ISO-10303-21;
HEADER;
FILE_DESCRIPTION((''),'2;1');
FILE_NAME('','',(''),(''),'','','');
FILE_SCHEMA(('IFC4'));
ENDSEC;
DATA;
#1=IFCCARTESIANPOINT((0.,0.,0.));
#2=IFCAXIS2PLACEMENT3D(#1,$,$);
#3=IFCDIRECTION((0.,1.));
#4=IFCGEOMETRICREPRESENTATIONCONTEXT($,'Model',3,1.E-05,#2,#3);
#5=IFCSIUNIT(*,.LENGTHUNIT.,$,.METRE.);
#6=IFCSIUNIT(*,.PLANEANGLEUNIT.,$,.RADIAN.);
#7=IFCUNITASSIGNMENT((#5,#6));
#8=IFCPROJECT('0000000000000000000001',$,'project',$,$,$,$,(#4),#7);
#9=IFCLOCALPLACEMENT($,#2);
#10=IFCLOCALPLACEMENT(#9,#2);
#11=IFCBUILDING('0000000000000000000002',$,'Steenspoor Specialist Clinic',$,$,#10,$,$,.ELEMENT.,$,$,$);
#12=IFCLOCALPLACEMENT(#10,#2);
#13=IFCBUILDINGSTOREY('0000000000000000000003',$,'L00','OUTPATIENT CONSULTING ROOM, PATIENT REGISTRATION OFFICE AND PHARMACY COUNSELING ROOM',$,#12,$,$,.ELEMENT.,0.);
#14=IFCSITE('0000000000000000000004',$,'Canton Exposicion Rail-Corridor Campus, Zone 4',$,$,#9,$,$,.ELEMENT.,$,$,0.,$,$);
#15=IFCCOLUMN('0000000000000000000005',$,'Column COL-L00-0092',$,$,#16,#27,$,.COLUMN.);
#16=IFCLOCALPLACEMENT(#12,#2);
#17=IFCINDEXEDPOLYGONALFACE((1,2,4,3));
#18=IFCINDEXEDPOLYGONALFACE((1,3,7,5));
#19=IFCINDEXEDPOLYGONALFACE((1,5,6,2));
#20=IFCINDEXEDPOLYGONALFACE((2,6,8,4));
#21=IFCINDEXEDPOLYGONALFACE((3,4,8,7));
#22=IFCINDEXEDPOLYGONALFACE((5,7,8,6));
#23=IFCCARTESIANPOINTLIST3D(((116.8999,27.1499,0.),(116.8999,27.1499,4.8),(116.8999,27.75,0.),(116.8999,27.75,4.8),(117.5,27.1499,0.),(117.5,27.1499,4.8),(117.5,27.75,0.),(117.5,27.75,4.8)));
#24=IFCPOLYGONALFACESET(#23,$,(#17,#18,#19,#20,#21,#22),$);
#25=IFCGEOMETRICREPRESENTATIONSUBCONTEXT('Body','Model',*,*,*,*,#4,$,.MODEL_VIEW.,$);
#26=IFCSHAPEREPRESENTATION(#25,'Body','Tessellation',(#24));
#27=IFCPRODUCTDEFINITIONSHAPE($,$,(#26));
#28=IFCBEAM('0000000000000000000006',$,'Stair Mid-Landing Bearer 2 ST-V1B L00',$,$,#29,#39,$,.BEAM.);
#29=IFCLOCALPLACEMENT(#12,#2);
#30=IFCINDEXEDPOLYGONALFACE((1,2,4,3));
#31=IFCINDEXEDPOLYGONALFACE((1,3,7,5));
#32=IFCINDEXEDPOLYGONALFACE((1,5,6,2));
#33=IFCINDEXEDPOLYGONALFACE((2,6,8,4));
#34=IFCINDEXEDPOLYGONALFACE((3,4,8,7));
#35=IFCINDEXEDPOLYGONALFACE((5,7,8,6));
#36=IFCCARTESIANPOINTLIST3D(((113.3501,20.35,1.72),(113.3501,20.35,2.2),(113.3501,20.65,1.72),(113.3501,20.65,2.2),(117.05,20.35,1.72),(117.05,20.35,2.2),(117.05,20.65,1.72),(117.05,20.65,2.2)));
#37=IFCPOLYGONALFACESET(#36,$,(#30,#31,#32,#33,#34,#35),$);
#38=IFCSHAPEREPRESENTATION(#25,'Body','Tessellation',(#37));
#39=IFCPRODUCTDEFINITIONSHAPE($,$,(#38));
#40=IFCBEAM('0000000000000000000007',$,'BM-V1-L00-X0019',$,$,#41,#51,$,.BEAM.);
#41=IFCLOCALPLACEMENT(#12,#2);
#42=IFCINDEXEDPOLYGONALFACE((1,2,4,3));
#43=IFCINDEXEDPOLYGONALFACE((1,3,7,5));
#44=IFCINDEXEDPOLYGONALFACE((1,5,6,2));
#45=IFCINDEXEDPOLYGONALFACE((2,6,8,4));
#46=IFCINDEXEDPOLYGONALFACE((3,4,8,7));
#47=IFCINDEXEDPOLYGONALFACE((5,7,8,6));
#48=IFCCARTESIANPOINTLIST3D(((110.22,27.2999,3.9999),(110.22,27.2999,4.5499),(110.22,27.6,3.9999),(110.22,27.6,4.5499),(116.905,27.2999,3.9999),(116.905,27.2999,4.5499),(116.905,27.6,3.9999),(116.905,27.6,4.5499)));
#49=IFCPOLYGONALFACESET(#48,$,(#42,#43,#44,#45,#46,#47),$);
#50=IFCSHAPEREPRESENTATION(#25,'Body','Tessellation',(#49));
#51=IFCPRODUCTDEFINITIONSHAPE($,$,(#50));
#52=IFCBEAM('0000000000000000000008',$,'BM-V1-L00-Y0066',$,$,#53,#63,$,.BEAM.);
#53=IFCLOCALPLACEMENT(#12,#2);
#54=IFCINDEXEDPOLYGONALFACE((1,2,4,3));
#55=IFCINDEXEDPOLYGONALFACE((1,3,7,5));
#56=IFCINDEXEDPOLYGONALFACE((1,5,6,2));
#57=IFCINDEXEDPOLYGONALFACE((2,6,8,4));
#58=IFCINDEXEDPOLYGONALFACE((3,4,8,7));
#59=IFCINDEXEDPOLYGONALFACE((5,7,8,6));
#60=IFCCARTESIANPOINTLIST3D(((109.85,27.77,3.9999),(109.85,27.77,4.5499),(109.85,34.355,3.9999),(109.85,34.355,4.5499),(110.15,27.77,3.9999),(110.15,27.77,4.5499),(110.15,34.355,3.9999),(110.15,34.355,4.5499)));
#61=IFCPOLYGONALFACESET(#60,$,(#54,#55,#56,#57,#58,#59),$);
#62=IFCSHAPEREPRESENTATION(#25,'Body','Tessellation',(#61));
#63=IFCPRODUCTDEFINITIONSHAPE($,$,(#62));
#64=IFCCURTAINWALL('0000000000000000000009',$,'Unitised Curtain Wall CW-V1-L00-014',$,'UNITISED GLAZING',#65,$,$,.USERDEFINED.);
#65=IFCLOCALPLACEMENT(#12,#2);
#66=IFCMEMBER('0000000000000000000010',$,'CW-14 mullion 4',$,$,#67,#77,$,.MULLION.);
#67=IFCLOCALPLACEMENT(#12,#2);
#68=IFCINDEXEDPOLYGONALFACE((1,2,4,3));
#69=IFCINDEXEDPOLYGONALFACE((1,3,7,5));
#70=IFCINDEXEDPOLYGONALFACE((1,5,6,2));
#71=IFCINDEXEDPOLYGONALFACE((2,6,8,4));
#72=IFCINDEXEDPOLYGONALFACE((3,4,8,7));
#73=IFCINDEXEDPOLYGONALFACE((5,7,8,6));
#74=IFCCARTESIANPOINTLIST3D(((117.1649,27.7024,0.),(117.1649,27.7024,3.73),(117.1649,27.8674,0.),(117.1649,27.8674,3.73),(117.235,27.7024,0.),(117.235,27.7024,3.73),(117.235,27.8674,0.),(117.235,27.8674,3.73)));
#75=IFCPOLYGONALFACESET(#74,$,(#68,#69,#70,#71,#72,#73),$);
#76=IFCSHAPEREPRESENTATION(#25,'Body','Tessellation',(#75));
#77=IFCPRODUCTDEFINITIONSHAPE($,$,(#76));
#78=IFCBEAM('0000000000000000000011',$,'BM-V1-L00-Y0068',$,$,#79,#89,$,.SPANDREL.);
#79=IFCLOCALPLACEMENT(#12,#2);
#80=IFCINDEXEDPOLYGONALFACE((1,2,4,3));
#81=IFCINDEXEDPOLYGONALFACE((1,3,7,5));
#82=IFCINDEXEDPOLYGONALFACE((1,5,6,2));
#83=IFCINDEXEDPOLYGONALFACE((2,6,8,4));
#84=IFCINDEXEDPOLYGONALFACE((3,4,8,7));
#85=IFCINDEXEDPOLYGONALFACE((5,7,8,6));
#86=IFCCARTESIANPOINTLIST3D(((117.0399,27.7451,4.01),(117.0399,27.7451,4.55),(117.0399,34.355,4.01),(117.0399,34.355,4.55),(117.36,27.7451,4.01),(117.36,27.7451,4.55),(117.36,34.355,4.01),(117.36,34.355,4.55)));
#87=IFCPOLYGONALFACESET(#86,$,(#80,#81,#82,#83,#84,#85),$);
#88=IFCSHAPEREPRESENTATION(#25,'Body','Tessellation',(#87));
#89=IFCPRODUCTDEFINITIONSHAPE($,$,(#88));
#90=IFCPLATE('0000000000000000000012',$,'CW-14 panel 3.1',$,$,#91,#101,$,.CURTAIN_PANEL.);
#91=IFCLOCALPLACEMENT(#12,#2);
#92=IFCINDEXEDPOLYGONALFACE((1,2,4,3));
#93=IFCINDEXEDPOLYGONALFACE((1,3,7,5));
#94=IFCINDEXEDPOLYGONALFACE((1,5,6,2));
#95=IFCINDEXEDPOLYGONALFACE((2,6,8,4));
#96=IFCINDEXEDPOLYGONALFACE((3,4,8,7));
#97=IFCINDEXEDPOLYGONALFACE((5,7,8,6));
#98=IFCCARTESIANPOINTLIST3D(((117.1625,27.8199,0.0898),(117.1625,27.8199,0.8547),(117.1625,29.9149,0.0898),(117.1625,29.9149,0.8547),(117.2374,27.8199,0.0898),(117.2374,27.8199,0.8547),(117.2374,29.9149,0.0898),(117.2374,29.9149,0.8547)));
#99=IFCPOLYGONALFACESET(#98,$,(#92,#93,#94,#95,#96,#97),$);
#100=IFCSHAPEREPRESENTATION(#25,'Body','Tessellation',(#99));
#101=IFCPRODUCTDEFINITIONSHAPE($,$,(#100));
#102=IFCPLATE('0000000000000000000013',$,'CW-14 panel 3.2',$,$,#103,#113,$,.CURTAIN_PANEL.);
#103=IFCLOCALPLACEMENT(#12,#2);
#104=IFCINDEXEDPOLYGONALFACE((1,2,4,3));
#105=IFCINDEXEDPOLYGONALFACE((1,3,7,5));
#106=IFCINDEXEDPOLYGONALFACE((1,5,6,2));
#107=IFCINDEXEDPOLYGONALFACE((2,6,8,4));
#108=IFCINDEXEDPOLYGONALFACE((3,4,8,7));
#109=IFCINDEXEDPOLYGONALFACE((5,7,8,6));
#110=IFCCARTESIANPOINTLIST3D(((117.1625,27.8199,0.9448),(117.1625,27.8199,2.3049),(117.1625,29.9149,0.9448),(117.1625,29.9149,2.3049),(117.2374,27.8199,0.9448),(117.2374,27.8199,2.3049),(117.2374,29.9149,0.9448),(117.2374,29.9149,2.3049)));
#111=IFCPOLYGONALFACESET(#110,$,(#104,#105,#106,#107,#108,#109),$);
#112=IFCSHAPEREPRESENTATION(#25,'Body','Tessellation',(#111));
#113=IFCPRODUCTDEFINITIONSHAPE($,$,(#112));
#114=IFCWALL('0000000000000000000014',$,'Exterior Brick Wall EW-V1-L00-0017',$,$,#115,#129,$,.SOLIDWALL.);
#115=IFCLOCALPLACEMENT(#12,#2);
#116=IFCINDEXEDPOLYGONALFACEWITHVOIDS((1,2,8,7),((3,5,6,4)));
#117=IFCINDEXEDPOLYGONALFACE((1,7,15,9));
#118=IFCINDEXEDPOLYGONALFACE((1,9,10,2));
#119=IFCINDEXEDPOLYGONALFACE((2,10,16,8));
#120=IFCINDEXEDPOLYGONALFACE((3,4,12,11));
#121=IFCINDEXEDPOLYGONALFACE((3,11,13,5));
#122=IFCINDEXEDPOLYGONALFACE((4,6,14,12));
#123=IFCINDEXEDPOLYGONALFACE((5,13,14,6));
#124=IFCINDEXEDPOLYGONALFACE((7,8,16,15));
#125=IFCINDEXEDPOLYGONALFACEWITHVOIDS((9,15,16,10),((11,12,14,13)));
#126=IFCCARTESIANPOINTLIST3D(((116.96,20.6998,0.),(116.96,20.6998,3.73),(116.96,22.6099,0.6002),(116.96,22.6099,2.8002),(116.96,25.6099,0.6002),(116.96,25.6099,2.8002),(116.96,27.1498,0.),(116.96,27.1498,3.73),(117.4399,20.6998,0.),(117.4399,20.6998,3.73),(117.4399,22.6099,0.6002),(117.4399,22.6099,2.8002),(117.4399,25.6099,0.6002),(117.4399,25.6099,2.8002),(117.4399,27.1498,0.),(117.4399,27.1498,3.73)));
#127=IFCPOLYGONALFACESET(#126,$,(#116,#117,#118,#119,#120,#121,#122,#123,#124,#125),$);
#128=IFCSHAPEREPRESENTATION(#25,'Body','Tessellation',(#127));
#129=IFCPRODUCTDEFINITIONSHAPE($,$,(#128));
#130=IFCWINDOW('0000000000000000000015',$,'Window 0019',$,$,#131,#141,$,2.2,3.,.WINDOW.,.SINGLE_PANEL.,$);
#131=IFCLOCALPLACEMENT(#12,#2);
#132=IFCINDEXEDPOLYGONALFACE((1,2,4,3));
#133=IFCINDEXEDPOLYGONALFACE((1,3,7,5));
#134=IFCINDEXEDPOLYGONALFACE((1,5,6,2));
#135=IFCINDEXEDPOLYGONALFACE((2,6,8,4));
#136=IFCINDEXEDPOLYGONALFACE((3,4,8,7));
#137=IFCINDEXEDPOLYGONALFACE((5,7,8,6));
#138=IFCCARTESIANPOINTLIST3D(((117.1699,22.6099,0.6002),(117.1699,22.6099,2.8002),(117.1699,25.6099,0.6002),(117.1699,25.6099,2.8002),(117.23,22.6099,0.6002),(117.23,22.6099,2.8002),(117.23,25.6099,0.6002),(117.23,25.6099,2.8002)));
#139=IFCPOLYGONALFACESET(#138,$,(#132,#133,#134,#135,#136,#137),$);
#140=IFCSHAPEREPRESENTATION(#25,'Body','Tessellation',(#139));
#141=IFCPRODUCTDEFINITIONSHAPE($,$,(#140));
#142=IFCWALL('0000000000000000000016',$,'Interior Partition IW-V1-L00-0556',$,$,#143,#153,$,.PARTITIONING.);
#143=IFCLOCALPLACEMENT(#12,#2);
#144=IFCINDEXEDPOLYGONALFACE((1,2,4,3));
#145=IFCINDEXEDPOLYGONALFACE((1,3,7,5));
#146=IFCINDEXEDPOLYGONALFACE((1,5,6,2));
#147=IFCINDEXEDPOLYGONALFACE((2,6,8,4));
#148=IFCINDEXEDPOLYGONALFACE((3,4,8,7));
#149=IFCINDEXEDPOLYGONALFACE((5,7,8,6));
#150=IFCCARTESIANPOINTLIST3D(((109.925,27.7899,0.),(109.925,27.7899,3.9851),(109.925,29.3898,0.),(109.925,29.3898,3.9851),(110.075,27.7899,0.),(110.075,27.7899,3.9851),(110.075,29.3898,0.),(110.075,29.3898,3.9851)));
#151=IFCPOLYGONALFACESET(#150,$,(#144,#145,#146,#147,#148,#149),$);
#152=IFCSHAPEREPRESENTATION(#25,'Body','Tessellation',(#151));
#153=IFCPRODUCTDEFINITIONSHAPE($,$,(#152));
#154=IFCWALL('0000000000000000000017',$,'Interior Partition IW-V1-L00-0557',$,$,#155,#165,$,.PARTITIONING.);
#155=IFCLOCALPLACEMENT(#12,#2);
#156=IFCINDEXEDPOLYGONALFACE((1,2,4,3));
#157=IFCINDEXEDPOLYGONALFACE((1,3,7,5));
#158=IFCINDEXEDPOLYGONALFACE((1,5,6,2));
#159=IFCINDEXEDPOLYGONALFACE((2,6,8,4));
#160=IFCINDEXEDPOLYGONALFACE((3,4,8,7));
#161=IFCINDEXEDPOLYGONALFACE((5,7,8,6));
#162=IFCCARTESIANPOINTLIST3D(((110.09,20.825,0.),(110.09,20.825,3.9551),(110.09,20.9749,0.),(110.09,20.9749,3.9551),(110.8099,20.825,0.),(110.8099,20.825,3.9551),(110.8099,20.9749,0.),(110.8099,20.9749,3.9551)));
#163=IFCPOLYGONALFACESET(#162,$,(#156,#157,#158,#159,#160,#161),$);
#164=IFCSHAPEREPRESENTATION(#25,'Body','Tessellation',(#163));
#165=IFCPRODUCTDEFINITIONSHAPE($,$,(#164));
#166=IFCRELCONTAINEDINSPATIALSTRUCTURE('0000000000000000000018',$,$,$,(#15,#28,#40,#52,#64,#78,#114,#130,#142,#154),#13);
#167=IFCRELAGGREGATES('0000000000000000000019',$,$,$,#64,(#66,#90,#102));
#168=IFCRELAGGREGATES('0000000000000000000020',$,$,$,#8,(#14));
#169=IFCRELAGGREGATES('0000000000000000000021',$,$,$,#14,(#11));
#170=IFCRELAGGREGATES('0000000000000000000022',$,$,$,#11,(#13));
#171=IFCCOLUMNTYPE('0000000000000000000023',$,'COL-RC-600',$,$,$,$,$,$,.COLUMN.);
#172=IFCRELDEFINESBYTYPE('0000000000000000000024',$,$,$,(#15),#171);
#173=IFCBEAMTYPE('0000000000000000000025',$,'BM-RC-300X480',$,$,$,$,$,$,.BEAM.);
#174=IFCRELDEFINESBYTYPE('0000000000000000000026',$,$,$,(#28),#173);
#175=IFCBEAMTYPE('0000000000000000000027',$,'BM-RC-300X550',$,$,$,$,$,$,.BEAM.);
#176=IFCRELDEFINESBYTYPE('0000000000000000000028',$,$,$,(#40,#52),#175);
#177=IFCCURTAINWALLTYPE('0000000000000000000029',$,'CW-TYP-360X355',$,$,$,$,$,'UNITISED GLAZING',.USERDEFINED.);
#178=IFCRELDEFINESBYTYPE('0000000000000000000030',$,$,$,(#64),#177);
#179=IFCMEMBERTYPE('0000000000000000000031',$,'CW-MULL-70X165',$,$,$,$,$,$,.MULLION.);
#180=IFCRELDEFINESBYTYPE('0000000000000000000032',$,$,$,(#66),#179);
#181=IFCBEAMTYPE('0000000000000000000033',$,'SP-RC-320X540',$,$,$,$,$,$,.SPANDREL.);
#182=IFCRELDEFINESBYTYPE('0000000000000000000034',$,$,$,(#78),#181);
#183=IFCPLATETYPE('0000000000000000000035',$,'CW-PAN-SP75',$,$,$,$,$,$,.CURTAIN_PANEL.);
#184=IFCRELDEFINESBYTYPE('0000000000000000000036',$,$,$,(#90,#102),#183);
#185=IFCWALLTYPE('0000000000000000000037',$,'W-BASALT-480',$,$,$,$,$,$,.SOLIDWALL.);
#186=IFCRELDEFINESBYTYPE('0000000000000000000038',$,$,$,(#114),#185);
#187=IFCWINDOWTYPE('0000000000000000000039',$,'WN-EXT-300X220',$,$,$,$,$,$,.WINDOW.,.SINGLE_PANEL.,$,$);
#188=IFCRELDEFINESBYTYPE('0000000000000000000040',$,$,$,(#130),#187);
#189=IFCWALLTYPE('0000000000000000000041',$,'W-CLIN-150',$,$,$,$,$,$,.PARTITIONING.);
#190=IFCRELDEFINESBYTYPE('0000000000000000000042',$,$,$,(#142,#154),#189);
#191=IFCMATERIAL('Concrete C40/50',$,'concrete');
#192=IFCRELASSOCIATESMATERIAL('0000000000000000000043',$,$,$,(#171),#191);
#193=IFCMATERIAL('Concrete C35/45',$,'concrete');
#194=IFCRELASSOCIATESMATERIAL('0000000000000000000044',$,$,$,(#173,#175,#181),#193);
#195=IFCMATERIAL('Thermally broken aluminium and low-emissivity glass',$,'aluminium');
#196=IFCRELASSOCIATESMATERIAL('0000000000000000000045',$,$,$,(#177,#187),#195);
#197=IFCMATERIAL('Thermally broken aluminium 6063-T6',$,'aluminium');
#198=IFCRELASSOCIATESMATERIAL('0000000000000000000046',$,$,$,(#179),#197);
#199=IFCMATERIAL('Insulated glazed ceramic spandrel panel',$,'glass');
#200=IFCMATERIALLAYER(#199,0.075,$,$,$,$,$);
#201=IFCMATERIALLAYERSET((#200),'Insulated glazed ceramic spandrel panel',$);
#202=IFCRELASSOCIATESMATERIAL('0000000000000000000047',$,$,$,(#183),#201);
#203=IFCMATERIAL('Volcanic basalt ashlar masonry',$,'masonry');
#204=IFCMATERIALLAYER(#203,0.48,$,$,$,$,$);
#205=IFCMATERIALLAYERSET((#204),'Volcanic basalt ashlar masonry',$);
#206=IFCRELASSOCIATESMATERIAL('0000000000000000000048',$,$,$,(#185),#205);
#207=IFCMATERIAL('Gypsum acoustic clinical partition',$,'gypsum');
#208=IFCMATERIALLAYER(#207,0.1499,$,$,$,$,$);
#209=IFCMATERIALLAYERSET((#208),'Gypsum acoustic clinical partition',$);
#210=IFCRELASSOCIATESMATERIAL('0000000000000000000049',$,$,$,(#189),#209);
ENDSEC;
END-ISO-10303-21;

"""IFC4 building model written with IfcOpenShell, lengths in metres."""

from ifc_helpers import new_model, si_unit, direction, frame, frame_2d, origin, origin_2d, place, context, subcontext, project, spatial, rectangle, extrude, material, layer, layer_set, material_profile, profile_set, type_object, element, fill, aggregate, save


model = new_model("IFC4")

# Units and contexts
model_context = context("Model", 3, precision=1e-05, world=origin(), true_north=direction((0.0, 1.0)))
body_context = subcontext(model_context, "Body", "Model", "MODEL_VIEW")
ifc_project = project(units=[si_unit("LENGTHUNIT", "METRE"), si_unit("PLANEANGLEUNIT", "RADIAN")], contexts=[model_context])

# Site, building, storey
site_placement = place(None, origin())
site = spatial("IfcSite", under=ifc_project, at=site_placement, Name="Canton Exposicion Rail-Corridor Campus, Zone 4", CompositionType="ELEMENT", RefElevation=0.0)
building_placement = place(site_placement, origin())
building = spatial("IfcBuilding", under=site, at=building_placement, Name="Steenspoor Specialist Clinic", CompositionType="ELEMENT")
storey_placement = place(building_placement, origin())
storey = spatial("IfcBuildingStorey", under=building, at=storey_placement, Name="L00", Description="OUTPATIENT CONSULTING ROOM, PATIENT REGISTRATION OFFICE AND PHARMACY COUNSELING ROOM", CompositionType="ELEMENT", Elevation=0.0)

# Shared definitions
ifc_material_1 = material(Name="Concrete C35/45", Category="concrete")

# Column
ifc_material_2 = material(Name="Concrete C40/50", Category="concrete")
ifc_material_profile_1 = material_profile(ifc_material_2, rectangle(XDim=0.6001, YDim=0.6001, at=origin_2d()), Name="RC-COL-600X600")
ifc_profile_set_1 = profile_set([ifc_material_profile_1], Name="Concrete C40/50")
column_type_1 = type_object("IfcColumnType", Name="COL-RC-600", PredefinedType="COLUMN", material=ifc_profile_set_1)
column_1_placement = place(storey_placement, frame((117.2, 27.45, 0.0), z_axis=(0.0, 0.0, 1.0), x_axis=(1.0, 0.0, 0.0)))
element("IfcColumn", 1, at=column_1_placement, inside=storey, type_object=column_type_1, Name="Column COL-L00-0092", PredefinedType="COLUMN", context=body_context, shape_type="SweptSolid", body=[
    extrude(rectangle(XDim=0.6001, YDim=0.6001, at=origin_2d()), origin(), (0.0, 0.0, 1.0), 4.8),
])

# Beams
ifc_material_profile_2 = material_profile(ifc_material_1, rectangle(XDim=0.3, YDim=0.48, at=origin_2d()), Name="RC-BM-300X480")
ifc_profile_set_2 = profile_set([ifc_material_profile_2], Name="Concrete C35/45")
beam_type_1 = type_object("IfcBeamType", Name="BM-RC-300X480", PredefinedType="BEAM", material=ifc_profile_set_2)
beam_1_placement = place(storey_placement, frame((113.3501, 20.5, 1.96), z_axis=(1.0, 0.0, 0.0), x_axis=(0.0, 1.0, 0.0)))
element("IfcBeam", 2, at=beam_1_placement, inside=storey, type_object=beam_type_1, Name="Stair Mid-Landing Bearer 2 ST-V1B L00", PredefinedType="BEAM", context=body_context, shape_type="SweptSolid", body=[
    extrude(rectangle(XDim=0.3, YDim=0.48, at=origin_2d()), origin(), (0.0, 0.0, 1.0), 3.7),
])
ifc_material_profile_3 = material_profile(ifc_material_1, rectangle(XDim=0.3, YDim=0.55, at=origin_2d()), Name="RC-BM-300X550")
ifc_profile_set_3 = profile_set([ifc_material_profile_3], Name="Concrete C35/45")
beam_type_2 = type_object("IfcBeamType", Name="BM-RC-300X550", PredefinedType="BEAM", material=ifc_profile_set_3)
beam_2_placement = place(storey_placement, frame((110.22, 27.45, 4.2749), z_axis=(1.0, 0.0, 0.0), x_axis=(0.0, 1.0, 0.0)))
element("IfcBeam", 3, at=beam_2_placement, inside=storey, type_object=beam_type_2, Name="BM-V1-L00-X0019", PredefinedType="BEAM", context=body_context, shape_type="SweptSolid", body=[
    extrude(rectangle(XDim=0.3, YDim=0.55, at=origin_2d()), origin(), (0.0, 0.0, 1.0), 6.6851),
])
beam_3_placement = place(storey_placement, frame((110.0, 27.77, 4.2749), z_axis=(0.0, 1.0, 0.0), x_axis=(-1.0, 0.0, 0.0)))
element("IfcBeam", 4, at=beam_3_placement, inside=storey, type_object=beam_type_2, Name="BM-V1-L00-Y0066", PredefinedType="BEAM", context=body_context, shape_type="SweptSolid", body=[
    extrude(rectangle(XDim=0.3, YDim=0.55, at=origin_2d()), origin(), (0.0, 0.0, 1.0), 6.585),
])

# Curtain wall, member
ifc_material_3 = material(Name="Thermally broken aluminium and low-emissivity glass", Category="aluminium")
curtain_wall_type = type_object("IfcCurtainWallType", Name="CW-TYP-360X355", ElementType="UNITISED GLAZING", PredefinedType="USERDEFINED", material=ifc_material_3)
curtain_wall_placement = place(storey_placement, origin())
curtain_wall = element("IfcCurtainWall", 5, at=curtain_wall_placement, inside=storey, type_object=curtain_wall_type, Name="Unitised Curtain Wall CW-V1-L00-014", ObjectType="UNITISED GLAZING", PredefinedType="USERDEFINED")
ifc_material_4 = material(Name="Thermally broken aluminium 6063-T6", Category="aluminium")
ifc_material_profile_4 = material_profile(ifc_material_4, rectangle(XDim=0.0701, YDim=0.165, at=origin_2d()), Name="CWM-70X165")
ifc_profile_set_4 = profile_set([ifc_material_profile_4], Name="Thermally broken aluminium 6063-T6")
member_type = type_object("IfcMemberType", Name="CW-MULL-70X165", PredefinedType="MULLION", material=ifc_profile_set_4)
member_placement = place(storey_placement, frame((117.2, 27.7849, 0.0), z_axis=(0.0, 0.0, 1.0), x_axis=(1.0, 0.0, 0.0)))
member = element("IfcMember", 6, at=member_placement, type_object=member_type, Name="CW-14 mullion 4", PredefinedType="MULLION", context=body_context, shape_type="SweptSolid", body=[
    extrude(rectangle(XDim=0.0701, YDim=0.165, at=origin_2d()), origin(), (0.0, 0.0, 1.0), 3.73),
])

# Beam
ifc_material_profile_5 = material_profile(ifc_material_1, rectangle(XDim=0.3201, YDim=0.54, at=origin_2d()), Name="RC-SP-320X540")
ifc_profile_set_5 = profile_set([ifc_material_profile_5], Name="Concrete C35/45")
beam_type_3 = type_object("IfcBeamType", Name="SP-RC-320X540", PredefinedType="SPANDREL", material=ifc_profile_set_5)
beam_4_placement = place(storey_placement, frame((117.2, 27.7451, 4.28), z_axis=(0.0, 1.0, 0.0), x_axis=(-1.0, 0.0, 0.0)))
element("IfcBeam", 7, at=beam_4_placement, inside=storey, type_object=beam_type_3, Name="BM-V1-L00-Y0068", PredefinedType="SPANDREL", context=body_context, shape_type="SweptSolid", body=[
    extrude(rectangle(XDim=0.3201, YDim=0.54, at=origin_2d()), origin(), (0.0, 0.0, 1.0), 6.6099),
])

# Plates
ifc_material_5 = material(Name="Insulated glazed ceramic spandrel panel", Category="glass")
ifc_layer_1 = layer(ifc_material_5, 0.075)
ifc_layer_set_1 = layer_set([ifc_layer_1], Name="Insulated glazed ceramic spandrel panel")
plate_type = type_object("IfcPlateType", Name="CW-PAN-SP75", PredefinedType="CURTAIN_PANEL", material=ifc_layer_set_1)
plate_1_placement = place(storey_placement, frame((117.2, 28.8674, 0.0898), z_axis=(0.0, 0.0, 1.0), x_axis=(0.0, -1.0, 0.0)))
plate_1 = element("IfcPlate", 8, at=plate_1_placement, type_object=plate_type, Name="CW-14 panel 3.1", PredefinedType="CURTAIN_PANEL", context=body_context, shape_type="SweptSolid", body=[
    extrude(rectangle(XDim=2.095, YDim=0.075, at=origin_2d()), origin(), (0.0, 0.0, 1.0), 0.7649),
])
plate_2_placement = place(storey_placement, frame((117.2, 28.8674, 0.9448), z_axis=(0.0, 0.0, 1.0), x_axis=(0.0, -1.0, 0.0)))
plate_2 = element("IfcPlate", 9, at=plate_2_placement, type_object=plate_type, Name="CW-14 panel 3.2", PredefinedType="CURTAIN_PANEL", context=body_context, shape_type="SweptSolid", body=[
    extrude(rectangle(XDim=2.095, YDim=0.075, at=origin_2d()), origin(), (0.0, 0.0, 1.0), 1.3601),
])
aggregate(curtain_wall, [member, plate_1, plate_2])

# Wall, opening, window
ifc_material_6 = material(Name="Volcanic basalt ashlar masonry", Category="masonry")
ifc_layer_2 = layer(ifc_material_6, 0.48)
ifc_layer_set_2 = layer_set([ifc_layer_2], Name="Volcanic basalt ashlar masonry")
wall_type_1 = type_object("IfcWallType", Name="W-BASALT-480", PredefinedType="SOLIDWALL", material=ifc_layer_set_2)
wall_1_placement = place(storey_placement, frame((117.2, 27.1499, 0.0), z_axis=(0.0, 0.0, 1.0), x_axis=(0.0, -1.0, 0.0)))
wall_1 = element("IfcWall", 10, at=wall_1_placement, inside=storey, type_object=wall_type_1, Name="Exterior Brick Wall EW-V1-L00-0017", PredefinedType="SOLIDWALL", context=body_context, shape_type="SweptSolid", body=[
    extrude(rectangle(XDim=6.45, YDim=0.48, at=frame_2d((3.2251, 0.0))), origin(), (0.0, 0.0, 1.0), 3.73),
])
opening_1_placement = place(wall_1_placement, frame((1.54, 0.0, 0.6001)))
opening_1 = element("IfcOpeningElement", 11, at=opening_1_placement, cuts=wall_1, PredefinedType="OPENING", context=body_context, shape_type="SweptSolid", body=[
    extrude(rectangle(XDim=3.0, YDim=2.2, at=frame_2d((1.5, 1.1001))), frame((0.0, 0.25, 0.0), z_axis=(0.0, -1.0, 0.0), x_axis=(1.0, 0.0, 0.0)), (0.0, 0.0, 1.0), 0.5),
])
window_type = type_object("IfcWindowType", Name="WN-EXT-300X220", PartitioningType="SINGLE_PANEL", PredefinedType="WINDOW", material=ifc_material_3)
window_placement = place(opening_1_placement, origin())
window = element("IfcWindow", 12, at=window_placement, inside=storey, type_object=window_type, Name="Window 0019", OverallHeight=2.2, OverallWidth=3.0, PartitioningType="SINGLE_PANEL", PredefinedType="WINDOW", context=body_context, shape_type="SweptSolid", body=[
    extrude(rectangle(XDim=3.0, YDim=2.2, at=frame_2d((1.5, 1.1001))), frame((0.0, 0.03, 0.0), z_axis=(0.0, -1.0, 0.0), x_axis=(1.0, 0.0, 0.0)), (0.0, 0.0, 1.0), 0.0601),
])
fill(opening_1, window)

# Walls
ifc_material_7 = material(Name="Gypsum acoustic clinical partition", Category="gypsum")
ifc_layer_3 = layer(ifc_material_7, 0.1499)
ifc_layer_set_3 = layer_set([ifc_layer_3], Name="Gypsum acoustic clinical partition")
wall_type_2 = type_object("IfcWallType", Name="W-CLIN-150", PredefinedType="PARTITIONING", material=ifc_layer_set_3)
wall_2_placement = place(storey_placement, frame((110.0, 27.79, 0.0), z_axis=(0.0, 0.0, 1.0), x_axis=(0.0, 1.0, 0.0)))
element("IfcWall", 13, at=wall_2_placement, inside=storey, type_object=wall_type_2, Name="Interior Partition IW-V1-L00-0556", PredefinedType="PARTITIONING", context=body_context, shape_type="SweptSolid", body=[
    extrude(rectangle(XDim=1.5999, YDim=0.1499, at=frame_2d((0.7998, 0.0))), origin(), (0.0, 0.0, 1.0), 3.9851),
])
wall_3_placement = place(storey_placement, frame((110.0901, 20.8999, 0.0), z_axis=(0.0, 0.0, 1.0), x_axis=(1.0, 0.0, 0.0)))
element("IfcWall", 14, at=wall_3_placement, inside=storey, type_object=wall_type_2, Name="Interior Partition IW-V1-L00-0557", PredefinedType="PARTITIONING", context=body_context, shape_type="SweptSolid", body=[
    extrude(rectangle(XDim=0.72, YDim=0.1499, at=frame_2d((0.3599, 0.0))), origin(), (0.0, 0.0, 1.0), 3.9551),
])

save(model, "model.ifc")
